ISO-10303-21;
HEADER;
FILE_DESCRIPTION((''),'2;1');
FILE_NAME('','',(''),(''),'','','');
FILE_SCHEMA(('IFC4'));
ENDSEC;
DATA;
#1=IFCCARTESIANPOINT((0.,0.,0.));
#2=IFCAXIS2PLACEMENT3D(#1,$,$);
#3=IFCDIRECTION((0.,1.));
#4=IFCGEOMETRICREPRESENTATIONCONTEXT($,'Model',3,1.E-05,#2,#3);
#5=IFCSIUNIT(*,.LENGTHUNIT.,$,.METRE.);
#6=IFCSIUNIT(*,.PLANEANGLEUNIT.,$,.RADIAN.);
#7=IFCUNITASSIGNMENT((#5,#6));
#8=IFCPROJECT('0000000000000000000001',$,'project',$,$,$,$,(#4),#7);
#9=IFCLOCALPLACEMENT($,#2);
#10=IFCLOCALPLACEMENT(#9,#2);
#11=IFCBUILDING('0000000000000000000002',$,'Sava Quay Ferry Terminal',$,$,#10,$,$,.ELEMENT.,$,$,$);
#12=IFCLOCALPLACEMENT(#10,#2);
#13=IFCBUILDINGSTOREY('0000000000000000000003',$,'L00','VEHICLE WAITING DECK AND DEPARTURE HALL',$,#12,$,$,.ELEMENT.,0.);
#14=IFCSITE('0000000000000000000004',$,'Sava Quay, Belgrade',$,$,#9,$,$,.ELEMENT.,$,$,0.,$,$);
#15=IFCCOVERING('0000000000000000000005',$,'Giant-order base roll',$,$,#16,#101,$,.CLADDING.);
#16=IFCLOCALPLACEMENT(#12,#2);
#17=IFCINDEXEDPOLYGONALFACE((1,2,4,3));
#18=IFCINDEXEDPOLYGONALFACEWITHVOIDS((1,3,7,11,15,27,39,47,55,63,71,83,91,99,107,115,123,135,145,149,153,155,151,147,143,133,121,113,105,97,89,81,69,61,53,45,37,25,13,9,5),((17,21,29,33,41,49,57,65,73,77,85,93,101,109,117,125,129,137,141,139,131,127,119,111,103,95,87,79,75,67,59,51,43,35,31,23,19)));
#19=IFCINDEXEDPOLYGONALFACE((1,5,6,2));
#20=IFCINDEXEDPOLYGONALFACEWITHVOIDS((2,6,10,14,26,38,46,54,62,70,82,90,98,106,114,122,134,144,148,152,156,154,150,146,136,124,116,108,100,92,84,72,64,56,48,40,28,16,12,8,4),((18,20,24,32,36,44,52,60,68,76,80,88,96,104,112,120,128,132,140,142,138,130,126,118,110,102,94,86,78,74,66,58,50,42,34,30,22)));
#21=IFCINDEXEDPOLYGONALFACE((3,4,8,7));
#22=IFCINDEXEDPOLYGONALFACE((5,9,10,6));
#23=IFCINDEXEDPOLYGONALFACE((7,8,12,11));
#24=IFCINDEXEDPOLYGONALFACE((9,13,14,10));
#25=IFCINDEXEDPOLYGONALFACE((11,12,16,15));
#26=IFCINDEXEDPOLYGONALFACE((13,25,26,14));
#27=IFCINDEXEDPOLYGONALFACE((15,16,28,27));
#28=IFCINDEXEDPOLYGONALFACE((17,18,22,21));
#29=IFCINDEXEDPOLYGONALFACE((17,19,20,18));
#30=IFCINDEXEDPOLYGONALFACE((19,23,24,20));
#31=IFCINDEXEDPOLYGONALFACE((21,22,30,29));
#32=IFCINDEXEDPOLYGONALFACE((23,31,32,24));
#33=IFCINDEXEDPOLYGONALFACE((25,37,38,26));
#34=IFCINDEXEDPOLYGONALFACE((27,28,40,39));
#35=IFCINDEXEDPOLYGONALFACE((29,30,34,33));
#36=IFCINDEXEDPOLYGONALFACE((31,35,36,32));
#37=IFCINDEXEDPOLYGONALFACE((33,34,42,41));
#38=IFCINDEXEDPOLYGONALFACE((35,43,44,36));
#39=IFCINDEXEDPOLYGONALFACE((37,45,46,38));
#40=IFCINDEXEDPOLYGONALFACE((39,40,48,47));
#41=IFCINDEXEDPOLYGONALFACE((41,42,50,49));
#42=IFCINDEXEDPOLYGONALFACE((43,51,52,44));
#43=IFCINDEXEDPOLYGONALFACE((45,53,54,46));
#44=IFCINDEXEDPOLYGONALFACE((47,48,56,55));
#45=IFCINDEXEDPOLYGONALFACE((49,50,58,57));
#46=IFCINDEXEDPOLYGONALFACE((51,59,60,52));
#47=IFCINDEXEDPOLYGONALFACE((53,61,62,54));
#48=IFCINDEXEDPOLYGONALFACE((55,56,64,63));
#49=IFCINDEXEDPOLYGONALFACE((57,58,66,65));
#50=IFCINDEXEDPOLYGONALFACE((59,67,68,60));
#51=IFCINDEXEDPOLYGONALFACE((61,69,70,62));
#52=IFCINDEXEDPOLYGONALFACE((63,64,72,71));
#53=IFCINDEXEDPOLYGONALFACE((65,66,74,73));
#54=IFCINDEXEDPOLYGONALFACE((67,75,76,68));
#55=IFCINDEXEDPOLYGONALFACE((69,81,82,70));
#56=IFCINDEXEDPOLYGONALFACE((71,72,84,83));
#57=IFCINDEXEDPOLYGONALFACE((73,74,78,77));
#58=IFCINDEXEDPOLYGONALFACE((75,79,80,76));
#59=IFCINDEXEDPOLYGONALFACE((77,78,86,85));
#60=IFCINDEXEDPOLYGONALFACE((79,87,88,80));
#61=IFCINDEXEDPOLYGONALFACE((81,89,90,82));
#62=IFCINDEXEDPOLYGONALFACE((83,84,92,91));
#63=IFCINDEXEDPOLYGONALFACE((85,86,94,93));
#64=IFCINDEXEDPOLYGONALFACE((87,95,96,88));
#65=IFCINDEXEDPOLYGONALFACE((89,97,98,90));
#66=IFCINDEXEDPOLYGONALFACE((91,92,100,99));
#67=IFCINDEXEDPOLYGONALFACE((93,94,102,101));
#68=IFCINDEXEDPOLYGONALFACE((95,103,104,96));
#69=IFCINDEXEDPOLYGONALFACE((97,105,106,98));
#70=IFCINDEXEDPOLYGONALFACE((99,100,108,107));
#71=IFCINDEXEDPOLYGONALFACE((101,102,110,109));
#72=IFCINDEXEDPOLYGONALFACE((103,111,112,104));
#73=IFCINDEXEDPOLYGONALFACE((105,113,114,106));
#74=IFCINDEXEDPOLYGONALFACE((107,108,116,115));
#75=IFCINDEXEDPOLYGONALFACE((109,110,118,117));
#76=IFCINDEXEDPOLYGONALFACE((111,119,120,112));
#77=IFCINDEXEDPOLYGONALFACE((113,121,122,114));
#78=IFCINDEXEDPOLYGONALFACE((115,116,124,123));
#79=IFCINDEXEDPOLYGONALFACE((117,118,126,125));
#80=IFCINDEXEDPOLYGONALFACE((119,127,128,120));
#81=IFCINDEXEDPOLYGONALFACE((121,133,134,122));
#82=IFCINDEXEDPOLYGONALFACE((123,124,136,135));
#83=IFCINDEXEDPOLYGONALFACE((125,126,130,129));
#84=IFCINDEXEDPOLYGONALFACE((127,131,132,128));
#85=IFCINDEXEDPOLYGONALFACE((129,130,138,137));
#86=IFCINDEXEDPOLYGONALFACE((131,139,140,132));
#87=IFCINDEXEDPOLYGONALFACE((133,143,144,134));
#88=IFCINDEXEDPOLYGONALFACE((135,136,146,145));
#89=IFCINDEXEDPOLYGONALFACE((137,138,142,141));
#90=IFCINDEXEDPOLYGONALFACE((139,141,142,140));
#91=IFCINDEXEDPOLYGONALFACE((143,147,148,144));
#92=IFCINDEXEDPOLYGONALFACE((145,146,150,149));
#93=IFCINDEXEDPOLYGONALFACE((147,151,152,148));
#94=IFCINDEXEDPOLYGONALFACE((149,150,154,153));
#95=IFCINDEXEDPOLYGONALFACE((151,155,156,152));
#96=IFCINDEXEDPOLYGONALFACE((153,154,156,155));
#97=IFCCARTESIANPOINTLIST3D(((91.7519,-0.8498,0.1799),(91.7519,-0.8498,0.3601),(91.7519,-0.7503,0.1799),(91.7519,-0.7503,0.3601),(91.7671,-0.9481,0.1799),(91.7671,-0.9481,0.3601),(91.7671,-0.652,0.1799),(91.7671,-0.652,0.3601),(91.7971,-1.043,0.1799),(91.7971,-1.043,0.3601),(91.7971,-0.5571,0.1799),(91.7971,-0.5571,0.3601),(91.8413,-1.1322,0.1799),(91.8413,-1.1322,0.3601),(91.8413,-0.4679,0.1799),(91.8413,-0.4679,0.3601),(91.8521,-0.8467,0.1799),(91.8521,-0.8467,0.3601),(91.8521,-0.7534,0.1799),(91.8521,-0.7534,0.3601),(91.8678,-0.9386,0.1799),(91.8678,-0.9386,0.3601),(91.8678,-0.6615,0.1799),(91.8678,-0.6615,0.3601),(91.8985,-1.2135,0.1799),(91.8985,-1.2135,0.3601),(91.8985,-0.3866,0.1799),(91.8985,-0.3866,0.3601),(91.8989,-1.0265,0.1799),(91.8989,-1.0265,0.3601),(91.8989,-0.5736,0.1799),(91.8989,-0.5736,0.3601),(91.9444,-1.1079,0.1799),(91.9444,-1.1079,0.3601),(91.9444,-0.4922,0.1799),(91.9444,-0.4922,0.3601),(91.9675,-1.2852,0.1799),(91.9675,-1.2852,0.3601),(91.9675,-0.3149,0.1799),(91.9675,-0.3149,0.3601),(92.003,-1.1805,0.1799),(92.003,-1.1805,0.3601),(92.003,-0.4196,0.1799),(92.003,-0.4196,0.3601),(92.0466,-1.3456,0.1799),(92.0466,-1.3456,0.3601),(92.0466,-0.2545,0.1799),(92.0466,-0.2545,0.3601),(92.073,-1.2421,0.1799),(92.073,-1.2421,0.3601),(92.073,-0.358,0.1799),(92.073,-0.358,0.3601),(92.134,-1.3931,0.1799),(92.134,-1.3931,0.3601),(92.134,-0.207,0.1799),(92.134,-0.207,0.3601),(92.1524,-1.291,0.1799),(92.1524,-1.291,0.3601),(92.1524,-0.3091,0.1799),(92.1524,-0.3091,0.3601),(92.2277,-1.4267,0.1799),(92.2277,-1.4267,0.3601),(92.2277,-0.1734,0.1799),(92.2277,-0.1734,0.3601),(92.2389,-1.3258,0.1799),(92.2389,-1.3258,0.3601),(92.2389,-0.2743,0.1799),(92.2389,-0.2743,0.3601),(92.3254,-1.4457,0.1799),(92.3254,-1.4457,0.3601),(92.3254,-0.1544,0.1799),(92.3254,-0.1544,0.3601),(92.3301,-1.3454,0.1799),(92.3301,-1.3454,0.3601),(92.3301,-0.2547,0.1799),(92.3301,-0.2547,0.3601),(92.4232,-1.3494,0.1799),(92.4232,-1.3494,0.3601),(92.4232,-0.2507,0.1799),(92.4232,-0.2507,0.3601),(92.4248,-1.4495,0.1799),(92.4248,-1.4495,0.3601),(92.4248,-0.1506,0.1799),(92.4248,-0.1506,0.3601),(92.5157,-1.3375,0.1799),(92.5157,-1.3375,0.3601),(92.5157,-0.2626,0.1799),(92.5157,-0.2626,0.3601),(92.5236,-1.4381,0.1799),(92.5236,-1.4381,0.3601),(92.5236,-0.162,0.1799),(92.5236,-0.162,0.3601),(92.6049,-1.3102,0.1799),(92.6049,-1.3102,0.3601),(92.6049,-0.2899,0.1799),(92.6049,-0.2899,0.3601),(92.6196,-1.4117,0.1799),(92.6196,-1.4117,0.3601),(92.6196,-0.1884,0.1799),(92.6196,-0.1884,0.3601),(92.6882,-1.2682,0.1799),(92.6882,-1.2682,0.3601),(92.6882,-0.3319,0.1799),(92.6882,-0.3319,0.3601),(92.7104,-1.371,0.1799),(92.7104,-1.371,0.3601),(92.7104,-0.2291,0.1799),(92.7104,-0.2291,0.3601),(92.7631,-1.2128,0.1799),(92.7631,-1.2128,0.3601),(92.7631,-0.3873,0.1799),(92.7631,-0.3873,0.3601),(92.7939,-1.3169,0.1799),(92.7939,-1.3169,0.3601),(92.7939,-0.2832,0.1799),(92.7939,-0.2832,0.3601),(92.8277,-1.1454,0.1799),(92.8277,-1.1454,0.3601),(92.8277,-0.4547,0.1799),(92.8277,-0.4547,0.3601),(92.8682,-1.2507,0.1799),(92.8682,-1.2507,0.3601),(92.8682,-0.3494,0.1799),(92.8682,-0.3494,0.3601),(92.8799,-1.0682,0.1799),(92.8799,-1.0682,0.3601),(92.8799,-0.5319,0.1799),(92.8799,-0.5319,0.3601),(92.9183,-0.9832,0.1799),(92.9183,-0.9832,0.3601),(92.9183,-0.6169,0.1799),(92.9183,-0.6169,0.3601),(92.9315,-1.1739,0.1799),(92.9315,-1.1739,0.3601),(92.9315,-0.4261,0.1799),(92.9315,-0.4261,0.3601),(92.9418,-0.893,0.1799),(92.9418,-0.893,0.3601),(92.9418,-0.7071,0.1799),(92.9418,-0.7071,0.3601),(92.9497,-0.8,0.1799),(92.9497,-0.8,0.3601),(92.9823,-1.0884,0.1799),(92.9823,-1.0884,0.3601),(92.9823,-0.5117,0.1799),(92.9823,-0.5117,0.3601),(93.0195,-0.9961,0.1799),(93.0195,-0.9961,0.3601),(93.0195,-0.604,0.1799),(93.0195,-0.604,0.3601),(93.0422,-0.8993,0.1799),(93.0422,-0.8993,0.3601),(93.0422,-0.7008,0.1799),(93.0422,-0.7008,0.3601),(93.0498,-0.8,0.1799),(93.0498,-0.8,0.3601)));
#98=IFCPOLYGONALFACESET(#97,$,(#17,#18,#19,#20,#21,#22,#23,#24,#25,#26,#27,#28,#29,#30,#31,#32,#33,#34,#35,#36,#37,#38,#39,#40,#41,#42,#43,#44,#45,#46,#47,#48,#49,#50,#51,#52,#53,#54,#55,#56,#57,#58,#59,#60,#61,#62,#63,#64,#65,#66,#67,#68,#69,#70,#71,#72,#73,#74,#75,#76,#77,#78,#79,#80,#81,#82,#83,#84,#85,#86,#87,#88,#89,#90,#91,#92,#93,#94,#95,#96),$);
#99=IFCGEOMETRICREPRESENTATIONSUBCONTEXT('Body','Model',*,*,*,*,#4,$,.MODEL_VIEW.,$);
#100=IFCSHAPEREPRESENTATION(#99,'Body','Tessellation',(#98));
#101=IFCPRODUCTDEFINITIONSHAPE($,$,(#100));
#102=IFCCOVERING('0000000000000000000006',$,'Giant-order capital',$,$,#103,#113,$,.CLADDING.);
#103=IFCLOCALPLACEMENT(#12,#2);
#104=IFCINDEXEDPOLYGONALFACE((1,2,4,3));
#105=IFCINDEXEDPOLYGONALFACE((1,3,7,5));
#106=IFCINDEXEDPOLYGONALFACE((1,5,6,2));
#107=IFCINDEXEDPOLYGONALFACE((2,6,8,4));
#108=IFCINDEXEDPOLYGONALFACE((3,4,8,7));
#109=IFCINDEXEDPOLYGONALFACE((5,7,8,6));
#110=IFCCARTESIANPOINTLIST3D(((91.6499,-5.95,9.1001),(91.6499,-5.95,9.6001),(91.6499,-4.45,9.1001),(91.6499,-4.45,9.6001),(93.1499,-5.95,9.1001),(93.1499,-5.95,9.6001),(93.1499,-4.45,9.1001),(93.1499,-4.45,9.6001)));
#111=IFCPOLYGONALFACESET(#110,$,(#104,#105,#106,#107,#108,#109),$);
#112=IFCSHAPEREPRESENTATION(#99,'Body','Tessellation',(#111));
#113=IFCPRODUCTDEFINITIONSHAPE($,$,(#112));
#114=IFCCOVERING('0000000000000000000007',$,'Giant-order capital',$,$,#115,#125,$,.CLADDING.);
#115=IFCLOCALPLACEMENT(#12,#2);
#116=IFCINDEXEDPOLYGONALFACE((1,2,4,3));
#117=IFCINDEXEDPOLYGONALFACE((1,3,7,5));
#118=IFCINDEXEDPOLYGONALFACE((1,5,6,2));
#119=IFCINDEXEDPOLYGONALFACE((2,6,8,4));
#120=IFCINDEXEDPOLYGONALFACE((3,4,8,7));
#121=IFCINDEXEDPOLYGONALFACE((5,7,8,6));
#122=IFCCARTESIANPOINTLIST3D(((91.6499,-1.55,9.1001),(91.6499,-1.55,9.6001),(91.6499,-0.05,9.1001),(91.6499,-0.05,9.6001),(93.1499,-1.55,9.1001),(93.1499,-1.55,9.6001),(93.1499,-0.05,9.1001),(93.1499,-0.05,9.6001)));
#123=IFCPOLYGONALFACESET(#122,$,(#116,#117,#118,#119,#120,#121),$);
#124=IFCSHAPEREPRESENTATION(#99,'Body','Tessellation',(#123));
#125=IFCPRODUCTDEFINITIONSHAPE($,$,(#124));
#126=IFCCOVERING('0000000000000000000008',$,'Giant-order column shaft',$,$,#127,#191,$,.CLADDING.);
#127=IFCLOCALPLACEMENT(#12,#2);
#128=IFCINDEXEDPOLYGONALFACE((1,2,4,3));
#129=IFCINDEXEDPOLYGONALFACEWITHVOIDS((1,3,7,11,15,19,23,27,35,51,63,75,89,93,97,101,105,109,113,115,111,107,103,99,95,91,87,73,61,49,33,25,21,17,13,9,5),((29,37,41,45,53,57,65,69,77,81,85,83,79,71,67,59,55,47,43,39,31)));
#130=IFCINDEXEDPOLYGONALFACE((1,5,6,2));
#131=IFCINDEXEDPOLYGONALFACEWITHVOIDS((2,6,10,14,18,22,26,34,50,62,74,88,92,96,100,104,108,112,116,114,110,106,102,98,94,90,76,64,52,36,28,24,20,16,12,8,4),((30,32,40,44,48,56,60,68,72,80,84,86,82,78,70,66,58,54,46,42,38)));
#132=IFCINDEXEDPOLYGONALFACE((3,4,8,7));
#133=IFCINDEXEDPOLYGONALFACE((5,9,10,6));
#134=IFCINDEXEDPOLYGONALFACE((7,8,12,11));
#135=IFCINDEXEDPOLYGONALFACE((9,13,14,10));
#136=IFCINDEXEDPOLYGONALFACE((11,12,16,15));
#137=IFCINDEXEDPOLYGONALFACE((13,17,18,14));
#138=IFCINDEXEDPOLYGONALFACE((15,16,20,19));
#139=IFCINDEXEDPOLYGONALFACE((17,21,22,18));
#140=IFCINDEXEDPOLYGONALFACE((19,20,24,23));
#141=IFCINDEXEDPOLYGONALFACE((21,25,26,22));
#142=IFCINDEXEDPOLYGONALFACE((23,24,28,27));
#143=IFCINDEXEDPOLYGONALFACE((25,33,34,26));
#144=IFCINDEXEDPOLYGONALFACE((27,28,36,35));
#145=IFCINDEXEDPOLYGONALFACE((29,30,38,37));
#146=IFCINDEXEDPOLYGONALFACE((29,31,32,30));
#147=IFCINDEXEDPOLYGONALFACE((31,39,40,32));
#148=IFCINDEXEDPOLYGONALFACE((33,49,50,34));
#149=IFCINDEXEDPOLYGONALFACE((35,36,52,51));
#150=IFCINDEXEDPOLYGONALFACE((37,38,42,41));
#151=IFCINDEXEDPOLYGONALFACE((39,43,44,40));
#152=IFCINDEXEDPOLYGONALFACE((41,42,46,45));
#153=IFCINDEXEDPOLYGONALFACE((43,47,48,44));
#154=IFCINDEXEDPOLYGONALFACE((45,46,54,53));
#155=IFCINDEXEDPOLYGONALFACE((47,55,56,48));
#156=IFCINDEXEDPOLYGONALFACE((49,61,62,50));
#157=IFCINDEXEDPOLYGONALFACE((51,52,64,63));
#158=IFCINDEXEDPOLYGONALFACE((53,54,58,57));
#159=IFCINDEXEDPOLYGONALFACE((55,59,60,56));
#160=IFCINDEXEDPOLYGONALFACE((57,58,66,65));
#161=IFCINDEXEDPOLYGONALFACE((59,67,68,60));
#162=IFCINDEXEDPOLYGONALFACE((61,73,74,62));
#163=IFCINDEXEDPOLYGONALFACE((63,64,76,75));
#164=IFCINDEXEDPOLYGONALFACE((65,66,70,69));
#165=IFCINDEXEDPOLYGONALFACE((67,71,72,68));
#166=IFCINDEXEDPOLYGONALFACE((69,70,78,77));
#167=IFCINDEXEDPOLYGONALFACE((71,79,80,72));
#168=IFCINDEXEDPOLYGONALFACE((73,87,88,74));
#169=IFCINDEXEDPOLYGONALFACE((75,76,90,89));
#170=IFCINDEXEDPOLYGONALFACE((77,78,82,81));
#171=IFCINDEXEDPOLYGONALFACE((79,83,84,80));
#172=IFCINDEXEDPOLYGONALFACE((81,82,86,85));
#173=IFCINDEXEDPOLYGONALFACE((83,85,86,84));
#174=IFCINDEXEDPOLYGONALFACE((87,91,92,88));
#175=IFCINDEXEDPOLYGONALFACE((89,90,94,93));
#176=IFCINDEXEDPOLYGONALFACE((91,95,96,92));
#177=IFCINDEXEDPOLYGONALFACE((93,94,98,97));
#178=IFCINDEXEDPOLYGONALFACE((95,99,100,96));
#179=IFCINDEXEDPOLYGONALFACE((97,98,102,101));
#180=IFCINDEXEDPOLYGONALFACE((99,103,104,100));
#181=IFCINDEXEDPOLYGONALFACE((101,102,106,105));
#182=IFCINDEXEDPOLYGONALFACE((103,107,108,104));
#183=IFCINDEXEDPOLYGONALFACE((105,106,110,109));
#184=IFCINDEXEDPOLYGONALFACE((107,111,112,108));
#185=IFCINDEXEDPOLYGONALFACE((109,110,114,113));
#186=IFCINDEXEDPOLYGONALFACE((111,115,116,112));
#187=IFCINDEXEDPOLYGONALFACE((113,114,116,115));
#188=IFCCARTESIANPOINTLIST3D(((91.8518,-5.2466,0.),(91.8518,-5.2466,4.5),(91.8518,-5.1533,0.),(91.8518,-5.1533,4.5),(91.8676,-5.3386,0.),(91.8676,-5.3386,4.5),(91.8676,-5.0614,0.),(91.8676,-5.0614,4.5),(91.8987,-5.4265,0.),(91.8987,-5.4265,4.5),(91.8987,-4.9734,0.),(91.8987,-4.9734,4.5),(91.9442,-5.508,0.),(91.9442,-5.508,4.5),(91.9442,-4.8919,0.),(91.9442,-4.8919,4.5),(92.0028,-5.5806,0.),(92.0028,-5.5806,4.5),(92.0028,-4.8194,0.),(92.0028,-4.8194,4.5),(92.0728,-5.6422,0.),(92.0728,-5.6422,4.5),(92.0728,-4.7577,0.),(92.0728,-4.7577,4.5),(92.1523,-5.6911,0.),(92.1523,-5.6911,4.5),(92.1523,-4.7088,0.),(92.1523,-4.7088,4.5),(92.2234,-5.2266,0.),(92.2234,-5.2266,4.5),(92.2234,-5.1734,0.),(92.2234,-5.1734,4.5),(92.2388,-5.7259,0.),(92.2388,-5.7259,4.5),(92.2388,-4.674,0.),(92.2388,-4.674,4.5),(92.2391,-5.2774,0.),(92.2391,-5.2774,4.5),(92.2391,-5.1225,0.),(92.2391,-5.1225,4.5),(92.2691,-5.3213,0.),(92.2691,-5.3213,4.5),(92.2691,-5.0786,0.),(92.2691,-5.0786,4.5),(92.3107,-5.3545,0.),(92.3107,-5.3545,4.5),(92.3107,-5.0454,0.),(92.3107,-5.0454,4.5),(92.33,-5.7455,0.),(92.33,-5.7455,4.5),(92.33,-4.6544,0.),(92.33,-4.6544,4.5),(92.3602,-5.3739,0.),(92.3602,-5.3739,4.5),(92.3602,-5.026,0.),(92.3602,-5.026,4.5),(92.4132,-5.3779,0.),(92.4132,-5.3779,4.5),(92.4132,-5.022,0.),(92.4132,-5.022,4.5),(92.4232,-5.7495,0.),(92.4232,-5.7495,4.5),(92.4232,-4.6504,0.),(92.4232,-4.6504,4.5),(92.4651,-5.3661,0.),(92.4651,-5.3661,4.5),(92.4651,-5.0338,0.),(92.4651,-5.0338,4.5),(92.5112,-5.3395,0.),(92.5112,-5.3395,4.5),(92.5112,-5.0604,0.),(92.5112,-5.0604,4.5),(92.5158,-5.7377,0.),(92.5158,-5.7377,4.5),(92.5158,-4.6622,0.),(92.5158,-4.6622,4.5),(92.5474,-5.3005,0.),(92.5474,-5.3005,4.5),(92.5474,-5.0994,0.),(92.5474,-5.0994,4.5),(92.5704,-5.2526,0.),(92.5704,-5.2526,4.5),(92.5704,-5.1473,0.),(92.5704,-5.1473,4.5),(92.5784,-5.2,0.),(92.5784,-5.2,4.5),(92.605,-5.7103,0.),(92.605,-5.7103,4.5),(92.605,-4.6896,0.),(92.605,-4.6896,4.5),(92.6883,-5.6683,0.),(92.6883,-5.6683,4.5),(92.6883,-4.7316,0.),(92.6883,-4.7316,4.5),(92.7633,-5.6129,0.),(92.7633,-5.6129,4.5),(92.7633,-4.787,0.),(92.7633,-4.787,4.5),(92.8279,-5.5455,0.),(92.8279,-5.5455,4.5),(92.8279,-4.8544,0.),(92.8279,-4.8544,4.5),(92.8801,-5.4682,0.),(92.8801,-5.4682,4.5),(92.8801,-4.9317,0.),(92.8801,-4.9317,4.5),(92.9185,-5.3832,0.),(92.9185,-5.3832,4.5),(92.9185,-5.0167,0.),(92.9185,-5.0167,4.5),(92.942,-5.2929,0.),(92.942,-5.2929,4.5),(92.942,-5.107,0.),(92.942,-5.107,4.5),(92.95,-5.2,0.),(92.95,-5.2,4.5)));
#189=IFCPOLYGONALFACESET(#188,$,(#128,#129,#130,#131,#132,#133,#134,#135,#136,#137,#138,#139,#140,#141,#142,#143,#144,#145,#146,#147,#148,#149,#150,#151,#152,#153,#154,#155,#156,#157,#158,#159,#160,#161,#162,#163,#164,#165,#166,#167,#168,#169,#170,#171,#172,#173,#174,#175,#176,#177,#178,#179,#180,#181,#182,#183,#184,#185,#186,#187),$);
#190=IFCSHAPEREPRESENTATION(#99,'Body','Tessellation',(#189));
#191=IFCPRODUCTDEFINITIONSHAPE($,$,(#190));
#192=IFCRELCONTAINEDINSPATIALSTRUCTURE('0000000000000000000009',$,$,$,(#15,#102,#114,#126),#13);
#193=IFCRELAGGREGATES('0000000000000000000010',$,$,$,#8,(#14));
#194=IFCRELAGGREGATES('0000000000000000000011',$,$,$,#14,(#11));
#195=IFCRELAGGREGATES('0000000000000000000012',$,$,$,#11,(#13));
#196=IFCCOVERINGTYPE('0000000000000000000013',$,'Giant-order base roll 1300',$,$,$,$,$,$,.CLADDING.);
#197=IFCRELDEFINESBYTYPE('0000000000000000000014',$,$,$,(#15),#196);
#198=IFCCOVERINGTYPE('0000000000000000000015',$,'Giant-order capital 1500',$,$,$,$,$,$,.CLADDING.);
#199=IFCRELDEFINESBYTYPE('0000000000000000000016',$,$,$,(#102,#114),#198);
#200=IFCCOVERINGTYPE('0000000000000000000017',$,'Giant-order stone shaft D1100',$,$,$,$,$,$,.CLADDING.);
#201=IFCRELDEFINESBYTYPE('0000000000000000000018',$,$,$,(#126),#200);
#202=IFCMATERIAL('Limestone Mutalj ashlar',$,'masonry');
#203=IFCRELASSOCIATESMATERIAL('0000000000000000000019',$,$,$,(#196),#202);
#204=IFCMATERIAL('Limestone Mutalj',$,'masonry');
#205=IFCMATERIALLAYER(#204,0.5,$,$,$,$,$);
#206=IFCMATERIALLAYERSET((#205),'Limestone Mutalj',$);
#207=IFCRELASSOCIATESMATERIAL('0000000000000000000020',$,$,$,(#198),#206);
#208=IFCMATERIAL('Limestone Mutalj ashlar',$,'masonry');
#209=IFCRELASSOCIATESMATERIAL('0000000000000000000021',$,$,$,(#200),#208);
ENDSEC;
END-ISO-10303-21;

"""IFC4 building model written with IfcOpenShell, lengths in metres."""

from ifc_helpers import new_model, si_unit, direction, frame, origin, origin_2d, place, context, subcontext, project, spatial, rectangle, hollow_circle, extrude, material, layer, layer_set, material_profile, profile_set, type_object, element, save


model = new_model("IFC4")

# Units and contexts
model_context = context("Model", 3, precision=1e-05, world=origin(), true_north=direction((0.0, 1.0)))
body_context = subcontext(model_context, "Body", "Model", "MODEL_VIEW")
ifc_project = project(units=[si_unit("LENGTHUNIT", "METRE"), si_unit("PLANEANGLEUNIT", "RADIAN")], contexts=[model_context])

# Site, building, storey
site_placement = place(None, origin())
site = spatial("IfcSite", under=ifc_project, at=site_placement, Name="Sava Quay, Belgrade", CompositionType="ELEMENT", RefElevation=0.0)
building_placement = place(site_placement, origin())
building = spatial("IfcBuilding", under=site, at=building_placement, Name="Sava Quay Ferry Terminal", CompositionType="ELEMENT")
storey_placement = place(building_placement, origin())
storey = spatial("IfcBuildingStorey", under=building, at=storey_placement, Name="L00", Description="VEHICLE WAITING DECK AND DEPARTURE HALL", CompositionType="ELEMENT", Elevation=0.0)

# Coverings
ifc_material_1 = material(Name="Limestone Mutalj ashlar", Category="masonry")
ifc_material_profile_1 = material_profile(ifc_material_1, hollow_circle(Radius=0.6499, WallThickness=0.1001, at=origin_2d()), Name="Base roll 1300")
ifc_profile_set_1 = profile_set([ifc_material_profile_1], Name="Limestone Mutalj ashlar")
covering_type_1 = type_object("IfcCoveringType", Name="Giant-order base roll 1300", PredefinedType="CLADDING", material=ifc_profile_set_1)
for number, where, z_axis, x_axis, name in (
    (1, (92.3999, -0.8, 0.1799), (0.0, 0.0, 1.0), (1.0, 0.0, 0.0), "Giant-order base roll"),
):
    element("IfcCovering", number, at=place(storey_placement, frame(where, z_axis=z_axis, x_axis=x_axis)), inside=storey, type_object=covering_type_1, Name=name, PredefinedType="CLADDING", context=body_context, shape_type="SweptSolid", body=[
        extrude(hollow_circle(Radius=0.6499, WallThickness=0.1001, at=origin_2d()), origin(), (0.0, 0.0, 1.0), 0.1802),
    ])
ifc_material_2 = material(Name="Limestone Mutalj", Category="masonry")
ifc_layer_1 = layer(ifc_material_2, 0.5)
ifc_layer_set_1 = layer_set([ifc_layer_1], Name="Limestone Mutalj")
covering_type_2 = type_object("IfcCoveringType", Name="Giant-order capital 1500", PredefinedType="CLADDING", material=ifc_layer_set_1)
for number, where, z_axis, x_axis, name in (
    (2, (92.3999, -5.2, 9.1001), (0.0, 0.0, 1.0), (1.0, 0.0, 0.0), "Giant-order capital"),
    (3, (92.3999, -0.8, 9.1001), (0.0, 0.0, 1.0), (1.0, 0.0, 0.0), "Giant-order capital"),
):
    element("IfcCovering", number, at=place(storey_placement, frame(where, z_axis=z_axis, x_axis=x_axis)), inside=storey, type_object=covering_type_2, Name=name, PredefinedType="CLADDING", context=body_context, shape_type="SweptSolid", body=[
        extrude(rectangle(XDim=1.5, YDim=1.5, at=origin_2d()), origin(), (0.0, 0.0, 1.0), 0.5),
    ])
ifc_material_3 = material(Name="Limestone Mutalj ashlar", Category="masonry")
ifc_material_profile_2 = material_profile(ifc_material_3, hollow_circle(Radius=0.55, WallThickness=0.3716, at=origin_2d()), Name="Stone shaft D1100")
ifc_profile_set_2 = profile_set([ifc_material_profile_2], Name="Limestone Mutalj ashlar")
covering_type_3 = type_object("IfcCoveringType", Name="Giant-order stone shaft D1100", PredefinedType="CLADDING", material=ifc_profile_set_2)
covering_1_placement = place(storey_placement, frame((92.3999, -5.2, 0.0), z_axis=(0.0, 0.0, 1.0), x_axis=(1.0, 0.0, 0.0)))
element("IfcCovering", 4, at=covering_1_placement, inside=storey, type_object=covering_type_3, Name="Giant-order column shaft", PredefinedType="CLADDING", context=body_context, shape_type="SweptSolid", body=[
    extrude(hollow_circle(Radius=0.55, WallThickness=0.3716, at=origin_2d()), origin(), (0.0, 0.0, 1.0), 4.5),
])

save(model, "model.ifc")
